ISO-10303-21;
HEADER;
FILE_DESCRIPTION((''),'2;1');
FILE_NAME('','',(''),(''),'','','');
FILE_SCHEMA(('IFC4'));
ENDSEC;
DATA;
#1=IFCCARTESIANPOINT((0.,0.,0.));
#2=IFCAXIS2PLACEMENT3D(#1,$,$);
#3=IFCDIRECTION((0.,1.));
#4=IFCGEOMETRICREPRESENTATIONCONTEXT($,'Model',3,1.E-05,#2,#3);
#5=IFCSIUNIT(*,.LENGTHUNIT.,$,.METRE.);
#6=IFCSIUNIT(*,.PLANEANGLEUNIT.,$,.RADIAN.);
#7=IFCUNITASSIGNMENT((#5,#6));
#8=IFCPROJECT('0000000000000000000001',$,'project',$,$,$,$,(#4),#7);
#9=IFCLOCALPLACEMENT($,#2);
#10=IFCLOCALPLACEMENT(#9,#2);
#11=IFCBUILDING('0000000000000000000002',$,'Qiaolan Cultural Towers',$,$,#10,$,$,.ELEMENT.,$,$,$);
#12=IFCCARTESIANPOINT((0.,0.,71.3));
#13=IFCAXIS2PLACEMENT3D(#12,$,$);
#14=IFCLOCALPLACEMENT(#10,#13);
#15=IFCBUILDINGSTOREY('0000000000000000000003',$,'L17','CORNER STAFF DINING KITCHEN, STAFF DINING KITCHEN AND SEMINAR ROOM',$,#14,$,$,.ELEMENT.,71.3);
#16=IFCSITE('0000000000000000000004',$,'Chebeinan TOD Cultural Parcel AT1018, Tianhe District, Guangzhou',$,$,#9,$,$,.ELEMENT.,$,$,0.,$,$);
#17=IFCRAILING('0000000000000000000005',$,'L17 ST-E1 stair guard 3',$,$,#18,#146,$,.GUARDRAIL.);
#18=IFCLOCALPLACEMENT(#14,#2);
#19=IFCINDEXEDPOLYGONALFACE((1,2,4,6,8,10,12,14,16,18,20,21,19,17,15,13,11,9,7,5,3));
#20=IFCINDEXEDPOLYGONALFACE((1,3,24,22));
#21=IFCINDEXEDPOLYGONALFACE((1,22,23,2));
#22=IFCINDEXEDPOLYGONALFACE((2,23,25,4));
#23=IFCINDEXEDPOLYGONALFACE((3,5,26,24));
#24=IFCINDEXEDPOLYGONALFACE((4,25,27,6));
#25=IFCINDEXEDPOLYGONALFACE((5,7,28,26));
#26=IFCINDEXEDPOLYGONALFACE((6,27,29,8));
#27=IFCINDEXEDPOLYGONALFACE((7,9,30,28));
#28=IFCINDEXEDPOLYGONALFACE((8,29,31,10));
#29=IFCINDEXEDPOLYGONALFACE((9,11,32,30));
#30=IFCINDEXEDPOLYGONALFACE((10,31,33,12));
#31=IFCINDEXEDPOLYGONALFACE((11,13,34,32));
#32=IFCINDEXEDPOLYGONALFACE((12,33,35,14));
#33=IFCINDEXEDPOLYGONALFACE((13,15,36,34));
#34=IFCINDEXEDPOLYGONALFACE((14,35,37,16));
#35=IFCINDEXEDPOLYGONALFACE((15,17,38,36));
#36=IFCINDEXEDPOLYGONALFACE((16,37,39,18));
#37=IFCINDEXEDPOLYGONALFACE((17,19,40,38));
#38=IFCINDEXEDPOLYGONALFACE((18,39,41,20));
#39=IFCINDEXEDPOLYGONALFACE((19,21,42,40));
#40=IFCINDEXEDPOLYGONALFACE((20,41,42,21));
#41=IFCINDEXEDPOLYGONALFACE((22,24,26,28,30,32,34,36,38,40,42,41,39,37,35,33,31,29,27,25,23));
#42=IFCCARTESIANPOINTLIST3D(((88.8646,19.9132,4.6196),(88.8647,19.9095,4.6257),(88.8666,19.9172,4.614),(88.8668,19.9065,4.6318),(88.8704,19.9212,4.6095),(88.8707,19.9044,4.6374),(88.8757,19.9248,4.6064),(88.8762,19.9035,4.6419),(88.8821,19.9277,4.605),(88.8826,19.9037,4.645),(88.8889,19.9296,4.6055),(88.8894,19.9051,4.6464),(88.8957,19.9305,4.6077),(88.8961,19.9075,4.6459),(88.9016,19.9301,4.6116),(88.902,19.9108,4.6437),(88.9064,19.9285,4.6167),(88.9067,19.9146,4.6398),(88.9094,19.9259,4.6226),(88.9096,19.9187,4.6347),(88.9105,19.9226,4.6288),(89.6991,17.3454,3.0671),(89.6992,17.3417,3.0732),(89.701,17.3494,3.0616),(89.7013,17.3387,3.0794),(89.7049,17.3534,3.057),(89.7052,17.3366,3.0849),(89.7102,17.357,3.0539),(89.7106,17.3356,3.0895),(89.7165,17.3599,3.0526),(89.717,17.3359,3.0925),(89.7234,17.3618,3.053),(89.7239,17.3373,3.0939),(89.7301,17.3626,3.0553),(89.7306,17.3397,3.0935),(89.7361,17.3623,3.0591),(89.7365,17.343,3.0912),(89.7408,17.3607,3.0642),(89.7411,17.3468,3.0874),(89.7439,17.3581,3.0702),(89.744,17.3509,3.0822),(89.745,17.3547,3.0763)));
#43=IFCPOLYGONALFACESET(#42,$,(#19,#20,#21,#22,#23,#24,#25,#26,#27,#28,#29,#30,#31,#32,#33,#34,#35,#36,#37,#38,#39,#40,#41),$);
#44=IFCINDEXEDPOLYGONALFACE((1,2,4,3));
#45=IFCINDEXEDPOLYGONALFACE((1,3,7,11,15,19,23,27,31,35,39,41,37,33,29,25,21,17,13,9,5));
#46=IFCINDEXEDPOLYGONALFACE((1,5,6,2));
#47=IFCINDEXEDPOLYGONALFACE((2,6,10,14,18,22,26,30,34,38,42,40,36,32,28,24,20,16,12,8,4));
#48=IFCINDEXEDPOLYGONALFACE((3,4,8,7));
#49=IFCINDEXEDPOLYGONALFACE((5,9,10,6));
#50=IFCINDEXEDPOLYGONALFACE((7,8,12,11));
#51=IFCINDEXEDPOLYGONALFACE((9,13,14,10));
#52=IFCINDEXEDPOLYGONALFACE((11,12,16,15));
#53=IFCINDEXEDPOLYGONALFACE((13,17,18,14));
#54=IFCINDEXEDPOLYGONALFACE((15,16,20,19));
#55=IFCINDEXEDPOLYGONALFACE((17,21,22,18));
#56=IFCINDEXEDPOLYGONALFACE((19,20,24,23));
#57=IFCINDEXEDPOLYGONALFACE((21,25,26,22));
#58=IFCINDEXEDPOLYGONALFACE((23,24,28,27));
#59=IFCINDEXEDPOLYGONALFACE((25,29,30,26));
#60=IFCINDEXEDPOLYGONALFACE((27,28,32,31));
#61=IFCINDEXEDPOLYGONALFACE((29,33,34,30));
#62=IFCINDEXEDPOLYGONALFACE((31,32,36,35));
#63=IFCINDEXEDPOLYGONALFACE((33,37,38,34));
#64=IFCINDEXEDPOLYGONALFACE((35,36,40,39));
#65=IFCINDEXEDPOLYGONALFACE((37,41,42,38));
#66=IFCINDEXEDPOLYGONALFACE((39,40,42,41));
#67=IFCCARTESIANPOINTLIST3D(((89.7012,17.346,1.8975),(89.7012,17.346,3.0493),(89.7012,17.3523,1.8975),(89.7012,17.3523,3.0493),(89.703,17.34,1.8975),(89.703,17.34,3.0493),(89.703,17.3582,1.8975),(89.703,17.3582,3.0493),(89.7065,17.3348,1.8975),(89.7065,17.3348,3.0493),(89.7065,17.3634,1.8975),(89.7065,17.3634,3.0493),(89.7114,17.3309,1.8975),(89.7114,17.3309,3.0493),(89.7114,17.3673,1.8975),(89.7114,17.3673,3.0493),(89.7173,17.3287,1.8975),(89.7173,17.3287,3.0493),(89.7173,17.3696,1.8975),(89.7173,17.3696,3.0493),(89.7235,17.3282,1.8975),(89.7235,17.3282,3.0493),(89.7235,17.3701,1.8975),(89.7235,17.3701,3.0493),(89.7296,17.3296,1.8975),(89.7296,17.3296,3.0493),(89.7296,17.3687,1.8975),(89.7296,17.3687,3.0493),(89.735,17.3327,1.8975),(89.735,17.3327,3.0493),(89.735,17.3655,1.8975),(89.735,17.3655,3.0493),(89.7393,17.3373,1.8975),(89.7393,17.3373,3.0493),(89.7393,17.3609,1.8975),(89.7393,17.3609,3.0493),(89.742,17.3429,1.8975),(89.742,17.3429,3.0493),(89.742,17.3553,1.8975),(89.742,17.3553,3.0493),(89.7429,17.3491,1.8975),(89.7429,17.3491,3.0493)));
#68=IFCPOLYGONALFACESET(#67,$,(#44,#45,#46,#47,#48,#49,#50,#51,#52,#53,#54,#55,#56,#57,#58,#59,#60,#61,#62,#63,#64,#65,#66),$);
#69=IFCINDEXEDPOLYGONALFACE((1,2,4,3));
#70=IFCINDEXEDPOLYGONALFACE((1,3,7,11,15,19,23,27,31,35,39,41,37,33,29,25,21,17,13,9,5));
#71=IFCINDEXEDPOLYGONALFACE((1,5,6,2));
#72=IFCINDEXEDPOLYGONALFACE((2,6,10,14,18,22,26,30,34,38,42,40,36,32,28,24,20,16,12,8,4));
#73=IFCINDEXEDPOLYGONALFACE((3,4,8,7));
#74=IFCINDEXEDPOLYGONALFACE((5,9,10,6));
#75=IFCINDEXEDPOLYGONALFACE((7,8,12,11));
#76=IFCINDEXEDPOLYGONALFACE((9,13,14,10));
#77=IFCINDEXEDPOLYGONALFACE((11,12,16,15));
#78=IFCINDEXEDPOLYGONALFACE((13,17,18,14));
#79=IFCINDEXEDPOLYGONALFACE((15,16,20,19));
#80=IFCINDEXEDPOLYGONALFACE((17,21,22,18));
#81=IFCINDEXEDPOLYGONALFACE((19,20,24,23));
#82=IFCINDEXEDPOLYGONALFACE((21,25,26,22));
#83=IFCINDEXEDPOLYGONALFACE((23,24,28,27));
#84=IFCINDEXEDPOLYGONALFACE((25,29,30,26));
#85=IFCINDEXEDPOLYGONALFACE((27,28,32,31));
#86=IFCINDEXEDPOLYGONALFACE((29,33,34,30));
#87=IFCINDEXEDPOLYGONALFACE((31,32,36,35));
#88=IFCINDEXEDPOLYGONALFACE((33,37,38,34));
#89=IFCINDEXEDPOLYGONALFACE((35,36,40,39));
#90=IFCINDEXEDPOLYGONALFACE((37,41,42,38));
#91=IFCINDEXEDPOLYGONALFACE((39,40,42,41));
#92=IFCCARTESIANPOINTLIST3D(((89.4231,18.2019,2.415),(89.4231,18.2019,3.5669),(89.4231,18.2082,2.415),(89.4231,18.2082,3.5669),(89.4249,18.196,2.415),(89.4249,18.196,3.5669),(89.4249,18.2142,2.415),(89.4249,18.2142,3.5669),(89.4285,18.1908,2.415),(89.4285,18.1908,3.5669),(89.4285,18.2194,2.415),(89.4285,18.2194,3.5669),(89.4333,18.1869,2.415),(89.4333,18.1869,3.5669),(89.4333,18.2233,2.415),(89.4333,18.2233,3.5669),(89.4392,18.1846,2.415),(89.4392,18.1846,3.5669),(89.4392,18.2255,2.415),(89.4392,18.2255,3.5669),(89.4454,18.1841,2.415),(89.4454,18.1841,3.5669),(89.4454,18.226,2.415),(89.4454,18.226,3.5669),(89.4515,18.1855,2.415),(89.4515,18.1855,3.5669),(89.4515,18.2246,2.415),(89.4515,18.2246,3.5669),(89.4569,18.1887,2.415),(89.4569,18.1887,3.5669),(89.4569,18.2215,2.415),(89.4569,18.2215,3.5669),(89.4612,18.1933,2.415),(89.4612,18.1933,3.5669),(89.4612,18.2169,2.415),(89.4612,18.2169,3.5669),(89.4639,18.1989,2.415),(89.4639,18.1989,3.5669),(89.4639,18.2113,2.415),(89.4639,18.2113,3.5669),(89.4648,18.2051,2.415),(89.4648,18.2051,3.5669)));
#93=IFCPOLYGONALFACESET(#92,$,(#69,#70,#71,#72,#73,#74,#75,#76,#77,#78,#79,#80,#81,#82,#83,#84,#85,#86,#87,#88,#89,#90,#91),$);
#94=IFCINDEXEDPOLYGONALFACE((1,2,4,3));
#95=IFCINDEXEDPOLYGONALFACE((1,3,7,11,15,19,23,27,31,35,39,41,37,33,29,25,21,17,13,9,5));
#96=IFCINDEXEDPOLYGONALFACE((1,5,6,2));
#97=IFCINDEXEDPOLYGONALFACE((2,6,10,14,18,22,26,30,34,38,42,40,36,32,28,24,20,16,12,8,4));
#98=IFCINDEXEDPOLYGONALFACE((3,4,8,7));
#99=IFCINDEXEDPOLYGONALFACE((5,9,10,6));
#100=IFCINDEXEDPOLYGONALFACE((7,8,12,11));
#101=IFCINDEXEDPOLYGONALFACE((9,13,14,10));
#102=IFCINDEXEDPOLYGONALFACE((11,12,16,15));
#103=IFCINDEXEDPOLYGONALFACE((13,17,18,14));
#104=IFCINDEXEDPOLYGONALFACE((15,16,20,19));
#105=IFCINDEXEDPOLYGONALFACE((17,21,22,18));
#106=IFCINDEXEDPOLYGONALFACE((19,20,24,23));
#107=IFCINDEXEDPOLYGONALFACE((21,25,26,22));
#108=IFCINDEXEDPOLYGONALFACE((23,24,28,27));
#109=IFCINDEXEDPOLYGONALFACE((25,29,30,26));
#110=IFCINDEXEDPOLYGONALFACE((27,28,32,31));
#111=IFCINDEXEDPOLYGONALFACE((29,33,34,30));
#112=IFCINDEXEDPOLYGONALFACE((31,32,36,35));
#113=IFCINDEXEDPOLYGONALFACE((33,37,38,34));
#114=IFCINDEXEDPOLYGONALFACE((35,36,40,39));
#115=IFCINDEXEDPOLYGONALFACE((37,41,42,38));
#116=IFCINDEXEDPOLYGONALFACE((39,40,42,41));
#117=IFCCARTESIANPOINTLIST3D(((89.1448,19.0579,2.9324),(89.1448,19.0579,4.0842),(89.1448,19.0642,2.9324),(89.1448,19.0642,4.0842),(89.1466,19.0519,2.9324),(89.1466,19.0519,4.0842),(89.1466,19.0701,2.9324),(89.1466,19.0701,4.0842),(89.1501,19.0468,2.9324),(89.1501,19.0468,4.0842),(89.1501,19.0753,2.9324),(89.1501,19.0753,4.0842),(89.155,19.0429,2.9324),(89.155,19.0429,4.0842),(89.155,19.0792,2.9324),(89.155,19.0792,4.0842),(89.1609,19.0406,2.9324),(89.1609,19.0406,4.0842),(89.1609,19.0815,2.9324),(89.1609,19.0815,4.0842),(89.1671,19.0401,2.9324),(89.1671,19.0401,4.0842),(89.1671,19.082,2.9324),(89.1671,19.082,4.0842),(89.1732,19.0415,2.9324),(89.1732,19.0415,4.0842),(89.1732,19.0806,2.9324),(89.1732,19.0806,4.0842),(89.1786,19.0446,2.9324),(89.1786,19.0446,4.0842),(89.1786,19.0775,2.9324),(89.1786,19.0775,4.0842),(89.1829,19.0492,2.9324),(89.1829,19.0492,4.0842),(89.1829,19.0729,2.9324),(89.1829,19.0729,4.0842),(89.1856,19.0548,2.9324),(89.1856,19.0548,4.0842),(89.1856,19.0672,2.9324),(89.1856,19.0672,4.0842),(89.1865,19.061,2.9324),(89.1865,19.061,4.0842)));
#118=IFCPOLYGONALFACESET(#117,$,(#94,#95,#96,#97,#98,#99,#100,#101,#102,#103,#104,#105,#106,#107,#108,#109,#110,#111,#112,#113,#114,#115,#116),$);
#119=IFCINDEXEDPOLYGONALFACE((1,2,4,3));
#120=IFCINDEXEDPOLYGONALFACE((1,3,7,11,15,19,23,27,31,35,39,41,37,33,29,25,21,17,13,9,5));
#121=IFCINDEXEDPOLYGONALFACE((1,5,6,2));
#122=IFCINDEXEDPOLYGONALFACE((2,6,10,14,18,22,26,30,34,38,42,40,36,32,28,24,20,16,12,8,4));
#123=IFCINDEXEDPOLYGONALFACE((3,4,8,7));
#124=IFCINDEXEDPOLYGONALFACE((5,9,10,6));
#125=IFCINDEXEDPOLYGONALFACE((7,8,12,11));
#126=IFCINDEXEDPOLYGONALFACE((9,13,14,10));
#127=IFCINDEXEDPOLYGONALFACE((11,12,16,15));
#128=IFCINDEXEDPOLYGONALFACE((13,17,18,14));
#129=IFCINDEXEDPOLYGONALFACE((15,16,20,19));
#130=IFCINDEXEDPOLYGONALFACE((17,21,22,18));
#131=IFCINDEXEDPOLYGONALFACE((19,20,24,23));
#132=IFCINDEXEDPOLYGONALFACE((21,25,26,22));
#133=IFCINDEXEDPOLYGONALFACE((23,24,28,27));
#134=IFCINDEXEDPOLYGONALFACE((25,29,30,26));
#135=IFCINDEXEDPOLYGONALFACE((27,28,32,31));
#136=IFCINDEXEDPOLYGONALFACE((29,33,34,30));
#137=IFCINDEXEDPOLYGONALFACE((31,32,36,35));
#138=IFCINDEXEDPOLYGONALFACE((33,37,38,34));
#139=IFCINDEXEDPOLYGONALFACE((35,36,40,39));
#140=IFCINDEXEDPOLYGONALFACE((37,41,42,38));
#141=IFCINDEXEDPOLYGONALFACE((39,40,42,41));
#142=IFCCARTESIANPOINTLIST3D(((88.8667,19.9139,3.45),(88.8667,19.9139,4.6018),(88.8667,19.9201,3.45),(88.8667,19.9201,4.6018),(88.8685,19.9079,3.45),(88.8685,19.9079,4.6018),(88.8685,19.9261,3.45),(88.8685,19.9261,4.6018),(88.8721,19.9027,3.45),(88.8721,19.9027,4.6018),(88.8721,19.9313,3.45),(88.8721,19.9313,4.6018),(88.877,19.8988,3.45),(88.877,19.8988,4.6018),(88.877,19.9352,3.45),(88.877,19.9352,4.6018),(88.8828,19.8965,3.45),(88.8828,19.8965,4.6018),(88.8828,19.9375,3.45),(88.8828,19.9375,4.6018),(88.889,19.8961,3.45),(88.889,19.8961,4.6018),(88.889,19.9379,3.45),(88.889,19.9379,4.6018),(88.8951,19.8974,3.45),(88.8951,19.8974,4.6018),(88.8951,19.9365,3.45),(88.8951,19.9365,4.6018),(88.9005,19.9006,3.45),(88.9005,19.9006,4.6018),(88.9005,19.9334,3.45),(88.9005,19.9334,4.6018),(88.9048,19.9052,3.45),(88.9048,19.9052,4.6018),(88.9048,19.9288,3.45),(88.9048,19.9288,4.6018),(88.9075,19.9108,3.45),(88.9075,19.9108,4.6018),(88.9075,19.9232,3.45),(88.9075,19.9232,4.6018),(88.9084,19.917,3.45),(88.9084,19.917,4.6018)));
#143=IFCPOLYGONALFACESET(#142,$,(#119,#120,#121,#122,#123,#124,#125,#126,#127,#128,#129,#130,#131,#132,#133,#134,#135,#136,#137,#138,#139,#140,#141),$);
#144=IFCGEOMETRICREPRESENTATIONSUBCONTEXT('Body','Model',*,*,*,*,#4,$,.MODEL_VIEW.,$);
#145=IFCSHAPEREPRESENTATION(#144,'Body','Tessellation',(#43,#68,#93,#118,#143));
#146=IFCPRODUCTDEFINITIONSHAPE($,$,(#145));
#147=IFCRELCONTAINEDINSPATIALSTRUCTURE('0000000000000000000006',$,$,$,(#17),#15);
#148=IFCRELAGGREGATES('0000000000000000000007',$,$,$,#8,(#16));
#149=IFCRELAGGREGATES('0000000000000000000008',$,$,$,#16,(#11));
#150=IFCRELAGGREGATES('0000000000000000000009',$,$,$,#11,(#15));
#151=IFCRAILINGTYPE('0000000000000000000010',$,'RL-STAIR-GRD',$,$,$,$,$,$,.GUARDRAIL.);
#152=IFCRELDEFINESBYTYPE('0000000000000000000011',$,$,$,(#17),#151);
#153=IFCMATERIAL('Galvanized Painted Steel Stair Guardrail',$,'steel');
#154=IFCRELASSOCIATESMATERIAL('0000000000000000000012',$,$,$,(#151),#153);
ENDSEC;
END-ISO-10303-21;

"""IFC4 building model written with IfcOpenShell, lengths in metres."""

from ifc_helpers import new_model, si_unit, direction, frame, origin, origin_2d, place, context, subcontext, project, spatial, circle, extrude, material, type_object, element, save


model = new_model("IFC4")

# Units and contexts
model_context = context("Model", 3, precision=1e-05, world=origin(), true_north=direction((0.0, 1.0)))
body_context = subcontext(model_context, "Body", "Model", "MODEL_VIEW")
ifc_project = project(units=[si_unit("LENGTHUNIT", "METRE"), si_unit("PLANEANGLEUNIT", "RADIAN")], contexts=[model_context])

# Site, building, storey
site_placement = place(None, origin())
site = spatial("IfcSite", under=ifc_project, at=site_placement, Name="Chebeinan TOD Cultural Parcel AT1018, Tianhe District, Guangzhou", CompositionType="ELEMENT", RefElevation=0.0)
building_placement = place(site_placement, origin())
building = spatial("IfcBuilding", under=site, at=building_placement, Name="Qiaolan Cultural Towers", CompositionType="ELEMENT")
storey_placement = place(building_placement, frame((0.0, 0.0, 71.3)))
storey = spatial("IfcBuildingStorey", under=building, at=storey_placement, Name="L17", Description="CORNER STAFF DINING KITCHEN, STAFF DINING KITCHEN AND SEMINAR ROOM", CompositionType="ELEMENT", Elevation=71.3)

# Railing
ifc_material_1 = material(Name="Galvanized Painted Steel Stair Guardrail", Category="steel")
railing_type_1 = type_object("IfcRailingType", Name="RL-STAIR-GRD", PredefinedType="GUARDRAIL", material=ifc_material_1)
railing_1_placement = place(storey_placement, frame((89.7219, 17.3491, 1.8975)))
element("IfcRailing", 1, at=railing_1_placement, inside=storey, type_object=railing_type_1, Name="L17 ST-E1 stair guard 3", PredefinedType="GUARDRAIL", context=body_context, shape_type="SweptSolid", body=[
    extrude(circle(Radius=0.0239, at=origin_2d()), frame((0.0, 0.0, 1.1758), z_axis=(-0.267926, 0.824471, 0.498461), x_axis=(-0.951043, -0.309057, 0.0)), (0.0, 0.0, 1.0), 3.1145),
    extrude(circle(Radius=0.021, at=origin_2d()), origin(), (0.0, 0.0, 1.0), 1.1519),
    extrude(circle(Radius=0.021, at=origin_2d()), frame((-0.2781, 0.856, 0.5176)), (0.0, 0.0, 1.0), 1.1519),
    extrude(circle(Radius=0.021, at=origin_2d()), frame((-0.5564, 1.7119, 1.0349)), (0.0, 0.0, 1.0), 1.1519),
    extrude(circle(Radius=0.021, at=origin_2d()), frame((-0.8345, 2.5679, 1.5525)), (0.0, 0.0, 1.0), 1.1519),
])

save(model, "model.ifc")
